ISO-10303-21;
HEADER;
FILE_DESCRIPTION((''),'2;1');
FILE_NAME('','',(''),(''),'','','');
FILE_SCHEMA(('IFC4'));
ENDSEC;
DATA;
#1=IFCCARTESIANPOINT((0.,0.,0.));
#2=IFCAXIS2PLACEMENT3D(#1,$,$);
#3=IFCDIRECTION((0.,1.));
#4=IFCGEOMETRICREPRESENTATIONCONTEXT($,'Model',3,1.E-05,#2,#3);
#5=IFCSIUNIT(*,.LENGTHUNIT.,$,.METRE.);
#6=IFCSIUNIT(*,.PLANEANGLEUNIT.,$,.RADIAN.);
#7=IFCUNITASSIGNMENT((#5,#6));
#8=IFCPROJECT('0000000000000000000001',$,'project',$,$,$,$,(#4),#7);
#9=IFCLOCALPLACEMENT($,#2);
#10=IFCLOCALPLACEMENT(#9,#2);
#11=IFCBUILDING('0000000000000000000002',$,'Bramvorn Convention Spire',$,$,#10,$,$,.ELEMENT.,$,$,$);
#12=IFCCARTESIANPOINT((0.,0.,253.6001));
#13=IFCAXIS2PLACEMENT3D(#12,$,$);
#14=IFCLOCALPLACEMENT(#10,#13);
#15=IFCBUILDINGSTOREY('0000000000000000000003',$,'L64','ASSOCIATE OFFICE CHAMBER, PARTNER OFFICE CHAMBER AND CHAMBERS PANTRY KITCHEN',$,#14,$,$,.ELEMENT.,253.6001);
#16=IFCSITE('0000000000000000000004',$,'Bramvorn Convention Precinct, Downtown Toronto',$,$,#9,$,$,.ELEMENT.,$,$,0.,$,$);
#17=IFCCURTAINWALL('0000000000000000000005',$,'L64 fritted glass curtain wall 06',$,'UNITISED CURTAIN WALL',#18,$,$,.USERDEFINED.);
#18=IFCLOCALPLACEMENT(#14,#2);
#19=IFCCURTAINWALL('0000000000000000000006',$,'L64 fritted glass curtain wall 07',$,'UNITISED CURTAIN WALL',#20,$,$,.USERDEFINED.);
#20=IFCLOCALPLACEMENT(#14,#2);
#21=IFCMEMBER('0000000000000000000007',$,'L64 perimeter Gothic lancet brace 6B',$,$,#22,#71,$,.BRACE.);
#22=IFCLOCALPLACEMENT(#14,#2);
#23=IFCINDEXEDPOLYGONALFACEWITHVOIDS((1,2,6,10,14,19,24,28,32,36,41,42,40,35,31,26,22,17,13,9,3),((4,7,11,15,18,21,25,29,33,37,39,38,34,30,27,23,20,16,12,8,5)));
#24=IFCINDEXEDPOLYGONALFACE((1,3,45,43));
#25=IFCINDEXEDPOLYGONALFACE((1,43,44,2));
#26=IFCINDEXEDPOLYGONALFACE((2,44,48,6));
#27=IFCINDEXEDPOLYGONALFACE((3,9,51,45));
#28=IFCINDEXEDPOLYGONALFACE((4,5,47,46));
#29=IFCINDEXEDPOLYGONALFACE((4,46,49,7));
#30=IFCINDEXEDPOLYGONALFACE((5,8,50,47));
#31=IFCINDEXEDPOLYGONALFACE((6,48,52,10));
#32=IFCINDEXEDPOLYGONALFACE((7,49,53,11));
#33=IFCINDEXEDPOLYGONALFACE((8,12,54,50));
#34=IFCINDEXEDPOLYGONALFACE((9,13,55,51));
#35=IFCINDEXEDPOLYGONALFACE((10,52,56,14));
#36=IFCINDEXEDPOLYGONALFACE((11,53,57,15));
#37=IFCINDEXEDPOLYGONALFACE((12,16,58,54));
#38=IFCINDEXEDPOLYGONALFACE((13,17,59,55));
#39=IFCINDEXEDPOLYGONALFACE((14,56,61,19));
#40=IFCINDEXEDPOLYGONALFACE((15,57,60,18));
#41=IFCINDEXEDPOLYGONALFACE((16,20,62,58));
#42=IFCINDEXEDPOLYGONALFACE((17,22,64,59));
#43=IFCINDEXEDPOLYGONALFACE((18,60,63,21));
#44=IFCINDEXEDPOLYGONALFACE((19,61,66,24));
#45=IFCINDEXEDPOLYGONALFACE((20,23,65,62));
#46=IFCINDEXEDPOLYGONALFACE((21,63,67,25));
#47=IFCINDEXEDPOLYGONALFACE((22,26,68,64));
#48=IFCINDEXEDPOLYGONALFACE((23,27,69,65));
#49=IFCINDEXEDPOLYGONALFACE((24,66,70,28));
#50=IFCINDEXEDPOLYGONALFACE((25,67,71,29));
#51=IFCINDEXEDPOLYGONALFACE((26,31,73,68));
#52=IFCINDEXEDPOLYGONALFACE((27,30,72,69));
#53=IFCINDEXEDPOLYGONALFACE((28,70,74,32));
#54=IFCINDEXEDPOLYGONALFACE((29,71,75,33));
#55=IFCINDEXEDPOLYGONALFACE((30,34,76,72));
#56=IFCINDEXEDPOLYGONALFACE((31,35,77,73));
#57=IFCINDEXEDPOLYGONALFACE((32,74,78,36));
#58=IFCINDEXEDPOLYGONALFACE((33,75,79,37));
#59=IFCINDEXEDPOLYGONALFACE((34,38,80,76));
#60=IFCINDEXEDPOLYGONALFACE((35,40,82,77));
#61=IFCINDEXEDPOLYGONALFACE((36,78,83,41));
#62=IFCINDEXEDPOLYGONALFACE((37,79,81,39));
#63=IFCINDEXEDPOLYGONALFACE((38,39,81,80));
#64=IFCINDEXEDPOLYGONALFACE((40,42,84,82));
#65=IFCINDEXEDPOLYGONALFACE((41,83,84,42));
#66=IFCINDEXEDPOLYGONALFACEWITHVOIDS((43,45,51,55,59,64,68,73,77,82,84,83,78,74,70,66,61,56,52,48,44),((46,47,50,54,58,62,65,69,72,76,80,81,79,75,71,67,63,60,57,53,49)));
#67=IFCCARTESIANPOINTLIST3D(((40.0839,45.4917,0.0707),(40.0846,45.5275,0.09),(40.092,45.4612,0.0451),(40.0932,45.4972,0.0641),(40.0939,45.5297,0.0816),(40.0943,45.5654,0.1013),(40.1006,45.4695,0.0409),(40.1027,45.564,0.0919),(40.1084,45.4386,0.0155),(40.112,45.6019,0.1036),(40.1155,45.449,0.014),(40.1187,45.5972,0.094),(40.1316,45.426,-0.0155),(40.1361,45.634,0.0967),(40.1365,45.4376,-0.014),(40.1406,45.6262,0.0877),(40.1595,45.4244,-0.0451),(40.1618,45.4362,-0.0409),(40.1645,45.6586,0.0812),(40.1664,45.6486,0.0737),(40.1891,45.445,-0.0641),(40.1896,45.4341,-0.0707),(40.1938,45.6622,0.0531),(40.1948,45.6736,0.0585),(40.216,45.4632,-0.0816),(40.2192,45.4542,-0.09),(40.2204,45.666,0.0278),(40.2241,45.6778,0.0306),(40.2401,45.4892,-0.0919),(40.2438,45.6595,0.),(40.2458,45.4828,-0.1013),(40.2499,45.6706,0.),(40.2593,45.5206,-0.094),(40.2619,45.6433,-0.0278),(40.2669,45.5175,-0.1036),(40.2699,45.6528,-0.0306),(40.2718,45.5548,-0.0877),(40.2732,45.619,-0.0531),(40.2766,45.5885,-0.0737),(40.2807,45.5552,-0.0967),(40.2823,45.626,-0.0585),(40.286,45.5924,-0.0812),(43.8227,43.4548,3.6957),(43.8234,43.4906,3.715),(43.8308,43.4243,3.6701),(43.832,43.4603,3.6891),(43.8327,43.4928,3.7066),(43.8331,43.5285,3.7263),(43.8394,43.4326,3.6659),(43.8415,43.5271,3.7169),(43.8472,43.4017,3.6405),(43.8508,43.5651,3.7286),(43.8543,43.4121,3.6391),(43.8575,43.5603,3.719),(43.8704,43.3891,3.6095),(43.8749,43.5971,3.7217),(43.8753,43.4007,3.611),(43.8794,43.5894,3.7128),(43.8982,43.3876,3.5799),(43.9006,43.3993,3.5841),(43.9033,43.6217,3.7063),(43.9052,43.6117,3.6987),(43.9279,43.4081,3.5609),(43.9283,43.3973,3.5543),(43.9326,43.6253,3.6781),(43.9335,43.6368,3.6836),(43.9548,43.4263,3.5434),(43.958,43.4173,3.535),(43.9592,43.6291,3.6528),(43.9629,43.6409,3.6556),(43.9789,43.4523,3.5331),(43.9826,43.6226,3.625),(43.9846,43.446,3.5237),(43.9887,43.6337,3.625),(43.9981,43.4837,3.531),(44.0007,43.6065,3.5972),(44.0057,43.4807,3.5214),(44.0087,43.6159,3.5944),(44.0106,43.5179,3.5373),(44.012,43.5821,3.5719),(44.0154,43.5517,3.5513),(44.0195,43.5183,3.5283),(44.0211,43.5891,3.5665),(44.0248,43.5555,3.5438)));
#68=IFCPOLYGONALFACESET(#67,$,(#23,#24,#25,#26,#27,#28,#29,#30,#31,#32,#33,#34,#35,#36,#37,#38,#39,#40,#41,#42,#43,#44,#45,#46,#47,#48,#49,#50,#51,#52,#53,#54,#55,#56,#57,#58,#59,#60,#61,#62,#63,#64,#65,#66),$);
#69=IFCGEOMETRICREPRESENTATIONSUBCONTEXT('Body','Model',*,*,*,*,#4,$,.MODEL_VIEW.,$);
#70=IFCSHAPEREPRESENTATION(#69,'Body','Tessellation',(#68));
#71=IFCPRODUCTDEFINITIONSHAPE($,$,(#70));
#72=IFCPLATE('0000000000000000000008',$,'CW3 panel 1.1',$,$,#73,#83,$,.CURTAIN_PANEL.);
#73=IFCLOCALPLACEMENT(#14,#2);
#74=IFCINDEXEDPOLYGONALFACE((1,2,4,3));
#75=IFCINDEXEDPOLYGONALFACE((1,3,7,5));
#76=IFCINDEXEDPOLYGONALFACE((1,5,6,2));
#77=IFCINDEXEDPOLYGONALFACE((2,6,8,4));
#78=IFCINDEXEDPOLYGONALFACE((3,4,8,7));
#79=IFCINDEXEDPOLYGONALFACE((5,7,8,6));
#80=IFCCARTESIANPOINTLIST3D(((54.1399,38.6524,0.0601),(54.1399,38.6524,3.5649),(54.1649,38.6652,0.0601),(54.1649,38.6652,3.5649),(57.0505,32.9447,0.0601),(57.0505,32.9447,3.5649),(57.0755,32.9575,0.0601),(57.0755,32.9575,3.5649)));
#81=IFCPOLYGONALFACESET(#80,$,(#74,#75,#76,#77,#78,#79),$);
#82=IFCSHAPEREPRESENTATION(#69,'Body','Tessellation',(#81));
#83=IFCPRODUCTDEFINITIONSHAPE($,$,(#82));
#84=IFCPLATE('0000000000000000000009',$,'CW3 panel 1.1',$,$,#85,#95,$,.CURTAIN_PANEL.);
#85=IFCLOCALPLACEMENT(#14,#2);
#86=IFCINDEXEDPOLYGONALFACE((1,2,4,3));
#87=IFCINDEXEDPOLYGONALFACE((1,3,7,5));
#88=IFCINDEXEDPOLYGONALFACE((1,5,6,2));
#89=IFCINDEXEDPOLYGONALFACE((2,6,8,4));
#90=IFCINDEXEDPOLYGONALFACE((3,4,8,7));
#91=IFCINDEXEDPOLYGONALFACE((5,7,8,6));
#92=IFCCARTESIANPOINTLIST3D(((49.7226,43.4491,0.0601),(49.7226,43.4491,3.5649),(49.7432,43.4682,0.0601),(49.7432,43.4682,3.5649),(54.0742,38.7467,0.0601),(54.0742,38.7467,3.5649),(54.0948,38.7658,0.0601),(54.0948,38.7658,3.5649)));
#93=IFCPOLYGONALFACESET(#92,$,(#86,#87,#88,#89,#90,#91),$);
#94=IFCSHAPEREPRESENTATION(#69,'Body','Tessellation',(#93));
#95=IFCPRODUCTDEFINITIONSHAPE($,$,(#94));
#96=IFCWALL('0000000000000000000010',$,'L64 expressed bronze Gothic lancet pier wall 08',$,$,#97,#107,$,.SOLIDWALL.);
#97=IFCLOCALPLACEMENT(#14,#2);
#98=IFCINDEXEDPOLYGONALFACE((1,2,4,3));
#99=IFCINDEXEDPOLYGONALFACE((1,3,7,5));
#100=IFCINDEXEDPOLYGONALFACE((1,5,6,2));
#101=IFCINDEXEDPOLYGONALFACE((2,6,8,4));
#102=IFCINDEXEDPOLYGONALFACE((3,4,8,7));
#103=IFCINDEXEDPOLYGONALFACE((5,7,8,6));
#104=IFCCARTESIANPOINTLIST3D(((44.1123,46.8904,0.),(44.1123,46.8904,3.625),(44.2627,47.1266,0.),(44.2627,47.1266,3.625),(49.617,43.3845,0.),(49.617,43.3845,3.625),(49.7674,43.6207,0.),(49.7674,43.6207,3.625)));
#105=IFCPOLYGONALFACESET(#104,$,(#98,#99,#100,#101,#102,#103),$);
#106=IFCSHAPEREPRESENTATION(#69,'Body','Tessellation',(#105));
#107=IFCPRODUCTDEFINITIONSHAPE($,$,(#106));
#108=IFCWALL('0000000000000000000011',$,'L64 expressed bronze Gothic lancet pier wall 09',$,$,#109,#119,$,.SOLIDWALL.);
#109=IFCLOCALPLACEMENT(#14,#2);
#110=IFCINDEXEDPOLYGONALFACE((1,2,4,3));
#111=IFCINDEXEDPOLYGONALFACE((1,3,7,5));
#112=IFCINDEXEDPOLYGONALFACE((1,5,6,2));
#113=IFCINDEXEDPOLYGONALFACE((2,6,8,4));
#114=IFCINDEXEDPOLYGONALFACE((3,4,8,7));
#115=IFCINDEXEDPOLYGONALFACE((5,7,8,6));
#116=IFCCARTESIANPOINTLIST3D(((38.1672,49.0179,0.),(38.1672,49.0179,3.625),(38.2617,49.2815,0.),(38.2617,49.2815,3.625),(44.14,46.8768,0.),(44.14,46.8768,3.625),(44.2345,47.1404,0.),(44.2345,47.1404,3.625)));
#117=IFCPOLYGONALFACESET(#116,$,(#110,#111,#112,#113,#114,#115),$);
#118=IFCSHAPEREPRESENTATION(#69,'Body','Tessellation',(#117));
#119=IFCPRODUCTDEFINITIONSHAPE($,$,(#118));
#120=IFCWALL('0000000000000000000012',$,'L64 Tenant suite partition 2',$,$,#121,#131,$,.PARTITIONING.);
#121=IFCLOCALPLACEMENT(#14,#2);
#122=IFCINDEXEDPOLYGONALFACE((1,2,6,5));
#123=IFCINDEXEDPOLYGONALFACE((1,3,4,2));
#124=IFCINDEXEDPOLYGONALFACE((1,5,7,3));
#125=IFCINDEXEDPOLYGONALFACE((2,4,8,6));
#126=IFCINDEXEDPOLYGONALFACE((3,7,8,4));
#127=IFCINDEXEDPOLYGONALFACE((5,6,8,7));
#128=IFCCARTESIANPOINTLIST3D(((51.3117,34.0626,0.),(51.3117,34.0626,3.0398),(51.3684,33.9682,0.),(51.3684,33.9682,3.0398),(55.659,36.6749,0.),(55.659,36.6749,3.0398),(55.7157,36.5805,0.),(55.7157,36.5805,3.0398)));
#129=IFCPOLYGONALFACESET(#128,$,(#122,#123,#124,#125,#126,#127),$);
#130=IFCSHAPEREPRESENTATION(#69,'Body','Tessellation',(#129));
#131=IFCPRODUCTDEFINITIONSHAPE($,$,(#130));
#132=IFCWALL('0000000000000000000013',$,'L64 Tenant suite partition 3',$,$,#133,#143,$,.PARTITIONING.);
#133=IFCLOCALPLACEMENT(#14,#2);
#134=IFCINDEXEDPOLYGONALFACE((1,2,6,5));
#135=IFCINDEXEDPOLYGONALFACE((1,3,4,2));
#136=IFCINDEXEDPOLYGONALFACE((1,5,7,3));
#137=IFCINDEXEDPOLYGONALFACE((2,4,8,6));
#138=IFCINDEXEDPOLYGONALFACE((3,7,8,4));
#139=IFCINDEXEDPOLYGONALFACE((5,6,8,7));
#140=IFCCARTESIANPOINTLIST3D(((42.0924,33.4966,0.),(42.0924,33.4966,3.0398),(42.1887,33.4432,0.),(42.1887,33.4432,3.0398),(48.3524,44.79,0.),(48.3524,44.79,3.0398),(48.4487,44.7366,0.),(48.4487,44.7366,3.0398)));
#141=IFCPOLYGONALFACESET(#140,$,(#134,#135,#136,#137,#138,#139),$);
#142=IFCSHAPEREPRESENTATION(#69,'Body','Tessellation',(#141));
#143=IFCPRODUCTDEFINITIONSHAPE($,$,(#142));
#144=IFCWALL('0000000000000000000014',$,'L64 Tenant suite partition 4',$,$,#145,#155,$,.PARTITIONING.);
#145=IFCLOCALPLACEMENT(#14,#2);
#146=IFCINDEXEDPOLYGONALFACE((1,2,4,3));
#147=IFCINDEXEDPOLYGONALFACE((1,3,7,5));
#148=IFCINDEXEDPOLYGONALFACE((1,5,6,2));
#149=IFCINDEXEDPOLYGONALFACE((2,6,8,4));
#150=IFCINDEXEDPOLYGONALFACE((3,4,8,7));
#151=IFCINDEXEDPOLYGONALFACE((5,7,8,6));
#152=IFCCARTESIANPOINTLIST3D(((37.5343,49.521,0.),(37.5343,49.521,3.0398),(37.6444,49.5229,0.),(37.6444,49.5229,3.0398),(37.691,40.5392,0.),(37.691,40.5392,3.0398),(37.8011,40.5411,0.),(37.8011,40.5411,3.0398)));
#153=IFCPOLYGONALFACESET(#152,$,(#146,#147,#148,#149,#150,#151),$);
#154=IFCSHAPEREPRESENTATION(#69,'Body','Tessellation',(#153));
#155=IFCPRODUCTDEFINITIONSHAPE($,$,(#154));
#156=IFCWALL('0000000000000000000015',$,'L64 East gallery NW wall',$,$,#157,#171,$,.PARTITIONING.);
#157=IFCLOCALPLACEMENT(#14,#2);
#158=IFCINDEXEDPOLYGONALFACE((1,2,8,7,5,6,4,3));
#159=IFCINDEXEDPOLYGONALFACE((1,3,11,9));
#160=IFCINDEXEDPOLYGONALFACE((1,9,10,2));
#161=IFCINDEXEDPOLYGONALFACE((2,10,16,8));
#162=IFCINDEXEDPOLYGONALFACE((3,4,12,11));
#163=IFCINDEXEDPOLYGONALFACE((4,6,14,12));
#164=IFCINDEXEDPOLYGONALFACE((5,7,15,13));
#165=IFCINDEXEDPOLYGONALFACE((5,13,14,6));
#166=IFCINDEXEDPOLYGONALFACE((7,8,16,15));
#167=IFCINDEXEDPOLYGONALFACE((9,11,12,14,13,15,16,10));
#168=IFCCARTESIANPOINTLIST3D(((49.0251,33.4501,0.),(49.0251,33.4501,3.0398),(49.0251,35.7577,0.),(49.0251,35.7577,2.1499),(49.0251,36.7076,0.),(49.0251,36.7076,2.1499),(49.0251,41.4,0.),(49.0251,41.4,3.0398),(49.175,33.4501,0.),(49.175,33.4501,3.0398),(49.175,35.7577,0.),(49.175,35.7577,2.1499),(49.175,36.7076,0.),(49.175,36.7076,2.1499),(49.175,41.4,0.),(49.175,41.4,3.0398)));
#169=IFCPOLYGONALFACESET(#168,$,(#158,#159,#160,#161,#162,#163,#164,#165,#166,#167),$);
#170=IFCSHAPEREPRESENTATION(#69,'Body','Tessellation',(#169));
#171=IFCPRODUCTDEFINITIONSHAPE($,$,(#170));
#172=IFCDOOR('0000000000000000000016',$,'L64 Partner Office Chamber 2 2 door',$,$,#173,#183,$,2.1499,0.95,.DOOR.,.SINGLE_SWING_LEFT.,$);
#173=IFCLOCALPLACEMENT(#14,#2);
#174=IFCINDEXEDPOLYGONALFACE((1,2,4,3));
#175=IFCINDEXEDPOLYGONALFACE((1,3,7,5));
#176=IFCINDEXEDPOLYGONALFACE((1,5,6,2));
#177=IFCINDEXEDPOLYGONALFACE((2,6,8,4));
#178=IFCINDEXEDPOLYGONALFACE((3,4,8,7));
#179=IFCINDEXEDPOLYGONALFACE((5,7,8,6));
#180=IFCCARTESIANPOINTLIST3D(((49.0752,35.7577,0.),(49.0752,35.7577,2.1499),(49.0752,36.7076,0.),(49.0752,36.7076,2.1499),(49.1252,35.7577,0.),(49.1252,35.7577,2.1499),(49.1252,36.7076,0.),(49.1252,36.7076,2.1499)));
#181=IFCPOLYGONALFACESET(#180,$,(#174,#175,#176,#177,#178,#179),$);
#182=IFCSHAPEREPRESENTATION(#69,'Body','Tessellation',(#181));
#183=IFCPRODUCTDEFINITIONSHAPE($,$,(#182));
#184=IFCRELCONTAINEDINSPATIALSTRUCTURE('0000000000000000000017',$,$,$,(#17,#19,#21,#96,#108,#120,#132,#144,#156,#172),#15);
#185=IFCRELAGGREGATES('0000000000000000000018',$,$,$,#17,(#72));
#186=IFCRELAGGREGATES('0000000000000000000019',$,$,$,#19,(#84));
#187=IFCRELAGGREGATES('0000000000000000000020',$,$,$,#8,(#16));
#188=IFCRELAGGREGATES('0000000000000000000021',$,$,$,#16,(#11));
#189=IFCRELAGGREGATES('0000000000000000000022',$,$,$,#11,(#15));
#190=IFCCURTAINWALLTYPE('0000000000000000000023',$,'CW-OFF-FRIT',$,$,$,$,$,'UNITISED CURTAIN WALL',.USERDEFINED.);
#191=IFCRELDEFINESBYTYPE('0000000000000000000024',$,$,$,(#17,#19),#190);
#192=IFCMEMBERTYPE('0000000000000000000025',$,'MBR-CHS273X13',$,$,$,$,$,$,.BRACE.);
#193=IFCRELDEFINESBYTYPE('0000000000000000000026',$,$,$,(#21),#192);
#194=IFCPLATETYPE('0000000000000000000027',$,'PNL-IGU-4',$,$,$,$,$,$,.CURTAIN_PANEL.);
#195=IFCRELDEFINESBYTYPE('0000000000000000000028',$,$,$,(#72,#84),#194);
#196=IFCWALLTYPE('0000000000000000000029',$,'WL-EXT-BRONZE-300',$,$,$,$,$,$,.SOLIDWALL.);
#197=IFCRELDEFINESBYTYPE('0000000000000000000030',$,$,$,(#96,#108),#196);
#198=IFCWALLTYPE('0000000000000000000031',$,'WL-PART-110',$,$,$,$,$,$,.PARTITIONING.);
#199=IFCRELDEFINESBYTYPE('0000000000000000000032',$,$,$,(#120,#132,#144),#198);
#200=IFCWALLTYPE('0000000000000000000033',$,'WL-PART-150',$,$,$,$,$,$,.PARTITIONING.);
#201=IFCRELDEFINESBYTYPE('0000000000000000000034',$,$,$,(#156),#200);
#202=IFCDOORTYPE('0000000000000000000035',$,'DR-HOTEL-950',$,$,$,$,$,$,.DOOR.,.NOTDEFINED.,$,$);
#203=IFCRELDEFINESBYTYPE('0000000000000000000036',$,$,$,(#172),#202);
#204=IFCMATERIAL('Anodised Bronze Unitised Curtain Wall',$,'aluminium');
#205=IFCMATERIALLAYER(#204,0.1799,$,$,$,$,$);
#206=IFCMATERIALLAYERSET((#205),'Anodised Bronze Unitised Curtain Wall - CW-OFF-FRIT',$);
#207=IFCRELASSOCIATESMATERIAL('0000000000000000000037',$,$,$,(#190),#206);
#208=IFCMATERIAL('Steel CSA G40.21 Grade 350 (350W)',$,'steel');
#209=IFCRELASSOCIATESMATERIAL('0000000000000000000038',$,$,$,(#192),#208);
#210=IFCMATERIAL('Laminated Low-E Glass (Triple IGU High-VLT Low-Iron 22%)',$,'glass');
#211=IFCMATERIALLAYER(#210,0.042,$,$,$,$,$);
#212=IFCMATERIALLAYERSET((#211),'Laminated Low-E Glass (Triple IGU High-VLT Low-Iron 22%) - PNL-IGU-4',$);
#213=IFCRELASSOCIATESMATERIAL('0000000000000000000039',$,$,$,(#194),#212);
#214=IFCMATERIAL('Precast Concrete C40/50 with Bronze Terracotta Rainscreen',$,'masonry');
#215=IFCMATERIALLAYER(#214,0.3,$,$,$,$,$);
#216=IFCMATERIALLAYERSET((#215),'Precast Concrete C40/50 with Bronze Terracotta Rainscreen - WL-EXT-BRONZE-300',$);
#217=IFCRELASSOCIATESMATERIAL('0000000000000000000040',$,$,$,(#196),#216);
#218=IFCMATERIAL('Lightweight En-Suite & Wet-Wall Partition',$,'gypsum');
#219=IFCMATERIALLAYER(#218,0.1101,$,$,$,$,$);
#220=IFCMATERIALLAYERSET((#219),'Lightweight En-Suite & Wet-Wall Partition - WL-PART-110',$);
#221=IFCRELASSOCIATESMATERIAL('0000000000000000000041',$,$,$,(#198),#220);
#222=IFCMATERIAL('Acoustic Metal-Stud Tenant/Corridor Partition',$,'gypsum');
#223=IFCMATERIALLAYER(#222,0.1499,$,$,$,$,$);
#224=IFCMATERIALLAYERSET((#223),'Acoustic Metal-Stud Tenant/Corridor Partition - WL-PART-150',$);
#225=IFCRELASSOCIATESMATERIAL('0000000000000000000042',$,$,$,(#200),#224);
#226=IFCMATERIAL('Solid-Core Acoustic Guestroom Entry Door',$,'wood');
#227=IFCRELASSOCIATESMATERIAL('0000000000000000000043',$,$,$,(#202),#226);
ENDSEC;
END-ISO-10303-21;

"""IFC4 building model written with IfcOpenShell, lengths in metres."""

from ifc_helpers import new_model, si_unit, direction, frame, frame_2d, origin, origin_2d, place, context, subcontext, project, spatial, rectangle, hollow_circle, extrude, material, layer, layer_set, material_profile, profile_set, type_object, element, fill, aggregate, save


model = new_model("IFC4")

# Units and contexts
model_context = context("Model", 3, precision=1e-05, world=origin(), true_north=direction((0.0, 1.0)))
body_context = subcontext(model_context, "Body", "Model", "MODEL_VIEW")
ifc_project = project(units=[si_unit("LENGTHUNIT", "METRE"), si_unit("PLANEANGLEUNIT", "RADIAN")], contexts=[model_context])

# Site, building, storey
site_placement = place(None, origin())
site = spatial("IfcSite", under=ifc_project, at=site_placement, Name="Bramvorn Convention Precinct, Downtown Toronto", CompositionType="ELEMENT", RefElevation=0.0)
building_placement = place(site_placement, origin())
building = spatial("IfcBuilding", under=site, at=building_placement, Name="Bramvorn Convention Spire", CompositionType="ELEMENT")
storey_placement = place(building_placement, frame((0.0, 0.0, 253.6001)))
storey = spatial("IfcBuildingStorey", under=building, at=storey_placement, Name="L64", Description="ASSOCIATE OFFICE CHAMBER, PARTNER OFFICE CHAMBER AND CHAMBERS PANTRY KITCHEN", CompositionType="ELEMENT", Elevation=253.6001)

# Shared definitions
ifc_material_1 = material(Name="Steel CSA G40.21 Grade 350 (350W)", Category="steel")

# Curtain wall
ifc_material_2 = material(Name="Anodised Bronze Unitised Curtain Wall", Category="aluminium")
ifc_layer_1 = layer(ifc_material_2, 0.1799)
ifc_layer_set_1 = layer_set([ifc_layer_1], Name="Anodised Bronze Unitised Curtain Wall - CW-OFF-FRIT")
curtain_wall_type = type_object("IfcCurtainWallType", Name="CW-OFF-FRIT", ElementType="UNITISED CURTAIN WALL", PredefinedType="USERDEFINED", material=ifc_layer_set_1)
curtain_wall_1_placement = place(storey_placement, origin())
curtain_wall_1 = element("IfcCurtainWall", 1, at=curtain_wall_1_placement, inside=storey, type_object=curtain_wall_type, Name="L64 fritted glass curtain wall 06", ObjectType="UNITISED CURTAIN WALL", PredefinedType="USERDEFINED")

# Curtain wall
curtain_wall_2_placement = place(storey_placement, origin())
curtain_wall_2 = element("IfcCurtainWall", 2, at=curtain_wall_2_placement, inside=storey, type_object=curtain_wall_type, Name="L64 fritted glass curtain wall 07", ObjectType="UNITISED CURTAIN WALL", PredefinedType="USERDEFINED")

# Member
ifc_material_profile_1 = material_profile(ifc_material_1, hollow_circle(Radius=0.1365, WallThickness=0.0127, at=origin_2d()))
ifc_profile_set_1 = profile_set([ifc_material_profile_1], Name="Steel CSA G40.21 Grade 350 (350W) - CHS273X13")
member_type_1 = type_object("IfcMemberType", Name="MBR-CHS273X13", PredefinedType="BRACE", material=ifc_profile_set_1)
member_1_placement = place(storey_placement, frame((40.1846, 45.5508, 0.0), z_axis=(0.668621, -0.364262, 0.648275), x_axis=(0.478406, 0.878139, 0.0)))
element("IfcMember", 3, at=member_1_placement, inside=storey, type_object=member_type_1, Name="L64 perimeter Gothic lancet brace 6B", PredefinedType="BRACE", context=body_context, shape_type="SweptSolid", body=[
    extrude(hollow_circle(Radius=0.1365, WallThickness=0.0127, at=origin_2d()), origin(), (0.0, 0.0, 1.0), 5.5918),
])

# Plates
ifc_material_3 = material(Name="Laminated Low-E Glass (Triple IGU High-VLT Low-Iron 22%)", Category="glass")
ifc_layer_2 = layer(ifc_material_3, 0.042)
ifc_layer_set_2 = layer_set([ifc_layer_2], Name="Laminated Low-E Glass (Triple IGU High-VLT Low-Iron 22%) - PNL-IGU-4")
plate_type = type_object("IfcPlateType", Name="PNL-IGU-4", PredefinedType="CURTAIN_PANEL", material=ifc_layer_set_2)
plate_1_placement = place(storey_placement, frame((55.6077, 35.8049, 0.0601), z_axis=(0.0, 0.0, 1.0), x_axis=(0.454284, -0.890857, 0.0)))
plate_1 = element("IfcPlate", 4, at=plate_1_placement, type_object=plate_type, Name="CW3 panel 1.1", PredefinedType="CURTAIN_PANEL", context=body_context, shape_type="SweptSolid", body=[
    extrude(rectangle(XDim=6.407, YDim=0.0281, at=origin_2d()), origin(), (0.0, 0.0, 1.0), 3.5049),
])
aggregate(curtain_wall_1, [plate_1])
plate_2_placement = place(storey_placement, frame((51.9087, 41.1074, 0.0601), z_axis=(0.0, 0.0, 1.0), x_axis=(0.679205, -0.733948, 0.0)))
plate_2 = element("IfcPlate", 5, at=plate_2_placement, type_object=plate_type, Name="CW3 panel 1.1", PredefinedType="CURTAIN_PANEL", context=body_context, shape_type="SweptSolid", body=[
    extrude(rectangle(XDim=6.407, YDim=0.0281, at=origin_2d()), origin(), (0.0, 0.0, 1.0), 3.5049),
])
aggregate(curtain_wall_2, [plate_2])

# Walls
ifc_material_4 = material(Name="Precast Concrete C40/50 with Bronze Terracotta Rainscreen", Category="masonry")
ifc_layer_3 = layer(ifc_material_4, 0.3)
ifc_layer_set_3 = layer_set([ifc_layer_3], Name="Precast Concrete C40/50 with Bronze Terracotta Rainscreen - WL-EXT-BRONZE-300")
wall_type_1 = type_object("IfcWallType", Name="WL-EXT-BRONZE-300", PredefinedType="SOLIDWALL", material=ifc_layer_set_3)
wall_1_placement = place(storey_placement, frame((44.1875, 47.0085, 0.0), z_axis=(0.0, 0.0, 1.0), x_axis=(0.84346, -0.537193, 0.0)))
element("IfcWall", 6, at=wall_1_placement, inside=storey, type_object=wall_type_1, Name="L64 expressed bronze Gothic lancet pier wall 08", PredefinedType="SOLIDWALL", context=body_context, shape_type="SweptSolid", body=[
    extrude(rectangle(XDim=6.5264, YDim=0.28, at=frame_2d((3.2632, 0.0))), origin(), (0.0, 0.0, 1.0), 3.625),
])
wall_2_placement = place(storey_placement, frame((38.2146, 49.1497, 0.0), z_axis=(0.0, 0.0, 1.0), x_axis=(0.941345, -0.337445, 0.0)))
element("IfcWall", 7, at=wall_2_placement, inside=storey, type_object=wall_type_1, Name="L64 expressed bronze Gothic lancet pier wall 09", PredefinedType="SOLIDWALL", context=body_context, shape_type="SweptSolid", body=[
    extrude(rectangle(XDim=6.345, YDim=0.28, at=frame_2d((3.1724, 0.0))), origin(), (0.0, 0.0, 1.0), 3.625),
])
ifc_material_5 = material(Name="Lightweight En-Suite & Wet-Wall Partition", Category="gypsum")
ifc_layer_4 = layer(ifc_material_5, 0.1101)
ifc_layer_set_4 = layer_set([ifc_layer_4], Name="Lightweight En-Suite & Wet-Wall Partition - WL-PART-110")
wall_type_2 = type_object("IfcWallType", Name="WL-PART-110", PredefinedType="PARTITIONING", material=ifc_layer_set_4)
wall_3_placement = place(storey_placement, frame((51.3401, 34.0154, 0.0), z_axis=(0.0, 0.0, 1.0), x_axis=(0.857144, 0.515076, 0.0)))
element("IfcWall", 8, at=wall_3_placement, inside=storey, type_object=wall_type_2, Name="L64 Tenant suite partition 2", PredefinedType="PARTITIONING", context=body_context, shape_type="SweptSolid", body=[
    extrude(rectangle(XDim=5.0718, YDim=0.1101, at=frame_2d((2.5359, 0.0))), origin(), (0.0, 0.0, 1.0), 3.0398),
])
wall_4_placement = place(storey_placement, frame((42.1406, 33.47, 0.0), z_axis=(0.0, 0.0, 1.0), x_axis=(0.484806, 0.874622, 0.0)))
element("IfcWall", 9, at=wall_4_placement, inside=storey, type_object=wall_type_2, Name="L64 Tenant suite partition 3", PredefinedType="PARTITIONING", context=body_context, shape_type="SweptSolid", body=[
    extrude(rectangle(XDim=12.9124, YDim=0.1101, at=frame_2d((6.4561, 0.0))), origin(), (0.0, 0.0, 1.0), 3.0398),
])
wall_5_placement = place(storey_placement, frame((37.7461, 40.54, 0.0), z_axis=(0.0, 0.0, 1.0), x_axis=(-0.017448, 0.999848, 0.0)))
element("IfcWall", 10, at=wall_5_placement, inside=storey, type_object=wall_type_2, Name="L64 Tenant suite partition 4", PredefinedType="PARTITIONING", context=body_context, shape_type="SweptSolid", body=[
    extrude(rectangle(XDim=8.9832, YDim=0.1101, at=frame_2d((4.4917, 0.0))), origin(), (0.0, 0.0, 1.0), 3.0398),
])

# Wall, opening, door
ifc_material_6 = material(Name="Acoustic Metal-Stud Tenant/Corridor Partition", Category="gypsum")
ifc_layer_5 = layer(ifc_material_6, 0.1499)
ifc_layer_set_5 = layer_set([ifc_layer_5], Name="Acoustic Metal-Stud Tenant/Corridor Partition - WL-PART-150")
wall_type_3 = type_object("IfcWallType", Name="WL-PART-150", PredefinedType="PARTITIONING", material=ifc_layer_set_5)
wall_6_placement = place(storey_placement, frame((49.1001, 33.45, 0.0), z_axis=(0.0, 0.0, 1.0), x_axis=(0.0, 1.0, 0.0)))
wall_6 = element("IfcWall", 11, at=wall_6_placement, inside=storey, type_object=wall_type_3, Name="L64 East gallery NW wall", PredefinedType="PARTITIONING", context=body_context, shape_type="SweptSolid", body=[
    extrude(rectangle(XDim=7.95, YDim=0.1499, at=frame_2d((3.9751, 0.0))), origin(), (0.0, 0.0, 1.0), 3.0398),
])
opening_1_placement = place(wall_6_placement, frame((2.3076, 0.0, 0.0)))
opening_1 = element("IfcOpeningElement", 12, at=opening_1_placement, cuts=wall_6, PredefinedType="OPENING", context=body_context, shape_type="SweptSolid", body=[
    extrude(rectangle(XDim=0.95, YDim=2.1499, at=frame_2d((0.4751, 1.075))), frame((0.0, 0.085, 0.0), z_axis=(0.0, -1.0, 0.0), x_axis=(1.0, 0.0, 0.0)), (0.0, 0.0, 1.0), 0.1699),
])
ifc_material_7 = material(Name="Solid-Core Acoustic Guestroom Entry Door", Category="wood")
door_type = type_object("IfcDoorType", Name="DR-HOTEL-950", OperationType="NOTDEFINED", PredefinedType="DOOR", material=ifc_material_7)
door_1_placement = place(opening_1_placement, origin())
door_1 = element("IfcDoor", 13, at=door_1_placement, inside=storey, type_object=door_type, Name="L64 Partner Office Chamber 2 2 door", OperationType="SINGLE_SWING_LEFT", OverallHeight=2.1499, OverallWidth=0.95, PredefinedType="DOOR", context=body_context, shape_type="SweptSolid", body=[
    extrude(rectangle(XDim=0.95, YDim=2.1499, at=frame_2d((0.4751, 1.075))), frame((0.0, 0.0249, 0.0), z_axis=(0.0, -1.0, 0.0), x_axis=(1.0, 0.0, 0.0)), (0.0, 0.0, 1.0), 0.05),
])
fill(opening_1, door_1)

save(model, "model.ifc")
